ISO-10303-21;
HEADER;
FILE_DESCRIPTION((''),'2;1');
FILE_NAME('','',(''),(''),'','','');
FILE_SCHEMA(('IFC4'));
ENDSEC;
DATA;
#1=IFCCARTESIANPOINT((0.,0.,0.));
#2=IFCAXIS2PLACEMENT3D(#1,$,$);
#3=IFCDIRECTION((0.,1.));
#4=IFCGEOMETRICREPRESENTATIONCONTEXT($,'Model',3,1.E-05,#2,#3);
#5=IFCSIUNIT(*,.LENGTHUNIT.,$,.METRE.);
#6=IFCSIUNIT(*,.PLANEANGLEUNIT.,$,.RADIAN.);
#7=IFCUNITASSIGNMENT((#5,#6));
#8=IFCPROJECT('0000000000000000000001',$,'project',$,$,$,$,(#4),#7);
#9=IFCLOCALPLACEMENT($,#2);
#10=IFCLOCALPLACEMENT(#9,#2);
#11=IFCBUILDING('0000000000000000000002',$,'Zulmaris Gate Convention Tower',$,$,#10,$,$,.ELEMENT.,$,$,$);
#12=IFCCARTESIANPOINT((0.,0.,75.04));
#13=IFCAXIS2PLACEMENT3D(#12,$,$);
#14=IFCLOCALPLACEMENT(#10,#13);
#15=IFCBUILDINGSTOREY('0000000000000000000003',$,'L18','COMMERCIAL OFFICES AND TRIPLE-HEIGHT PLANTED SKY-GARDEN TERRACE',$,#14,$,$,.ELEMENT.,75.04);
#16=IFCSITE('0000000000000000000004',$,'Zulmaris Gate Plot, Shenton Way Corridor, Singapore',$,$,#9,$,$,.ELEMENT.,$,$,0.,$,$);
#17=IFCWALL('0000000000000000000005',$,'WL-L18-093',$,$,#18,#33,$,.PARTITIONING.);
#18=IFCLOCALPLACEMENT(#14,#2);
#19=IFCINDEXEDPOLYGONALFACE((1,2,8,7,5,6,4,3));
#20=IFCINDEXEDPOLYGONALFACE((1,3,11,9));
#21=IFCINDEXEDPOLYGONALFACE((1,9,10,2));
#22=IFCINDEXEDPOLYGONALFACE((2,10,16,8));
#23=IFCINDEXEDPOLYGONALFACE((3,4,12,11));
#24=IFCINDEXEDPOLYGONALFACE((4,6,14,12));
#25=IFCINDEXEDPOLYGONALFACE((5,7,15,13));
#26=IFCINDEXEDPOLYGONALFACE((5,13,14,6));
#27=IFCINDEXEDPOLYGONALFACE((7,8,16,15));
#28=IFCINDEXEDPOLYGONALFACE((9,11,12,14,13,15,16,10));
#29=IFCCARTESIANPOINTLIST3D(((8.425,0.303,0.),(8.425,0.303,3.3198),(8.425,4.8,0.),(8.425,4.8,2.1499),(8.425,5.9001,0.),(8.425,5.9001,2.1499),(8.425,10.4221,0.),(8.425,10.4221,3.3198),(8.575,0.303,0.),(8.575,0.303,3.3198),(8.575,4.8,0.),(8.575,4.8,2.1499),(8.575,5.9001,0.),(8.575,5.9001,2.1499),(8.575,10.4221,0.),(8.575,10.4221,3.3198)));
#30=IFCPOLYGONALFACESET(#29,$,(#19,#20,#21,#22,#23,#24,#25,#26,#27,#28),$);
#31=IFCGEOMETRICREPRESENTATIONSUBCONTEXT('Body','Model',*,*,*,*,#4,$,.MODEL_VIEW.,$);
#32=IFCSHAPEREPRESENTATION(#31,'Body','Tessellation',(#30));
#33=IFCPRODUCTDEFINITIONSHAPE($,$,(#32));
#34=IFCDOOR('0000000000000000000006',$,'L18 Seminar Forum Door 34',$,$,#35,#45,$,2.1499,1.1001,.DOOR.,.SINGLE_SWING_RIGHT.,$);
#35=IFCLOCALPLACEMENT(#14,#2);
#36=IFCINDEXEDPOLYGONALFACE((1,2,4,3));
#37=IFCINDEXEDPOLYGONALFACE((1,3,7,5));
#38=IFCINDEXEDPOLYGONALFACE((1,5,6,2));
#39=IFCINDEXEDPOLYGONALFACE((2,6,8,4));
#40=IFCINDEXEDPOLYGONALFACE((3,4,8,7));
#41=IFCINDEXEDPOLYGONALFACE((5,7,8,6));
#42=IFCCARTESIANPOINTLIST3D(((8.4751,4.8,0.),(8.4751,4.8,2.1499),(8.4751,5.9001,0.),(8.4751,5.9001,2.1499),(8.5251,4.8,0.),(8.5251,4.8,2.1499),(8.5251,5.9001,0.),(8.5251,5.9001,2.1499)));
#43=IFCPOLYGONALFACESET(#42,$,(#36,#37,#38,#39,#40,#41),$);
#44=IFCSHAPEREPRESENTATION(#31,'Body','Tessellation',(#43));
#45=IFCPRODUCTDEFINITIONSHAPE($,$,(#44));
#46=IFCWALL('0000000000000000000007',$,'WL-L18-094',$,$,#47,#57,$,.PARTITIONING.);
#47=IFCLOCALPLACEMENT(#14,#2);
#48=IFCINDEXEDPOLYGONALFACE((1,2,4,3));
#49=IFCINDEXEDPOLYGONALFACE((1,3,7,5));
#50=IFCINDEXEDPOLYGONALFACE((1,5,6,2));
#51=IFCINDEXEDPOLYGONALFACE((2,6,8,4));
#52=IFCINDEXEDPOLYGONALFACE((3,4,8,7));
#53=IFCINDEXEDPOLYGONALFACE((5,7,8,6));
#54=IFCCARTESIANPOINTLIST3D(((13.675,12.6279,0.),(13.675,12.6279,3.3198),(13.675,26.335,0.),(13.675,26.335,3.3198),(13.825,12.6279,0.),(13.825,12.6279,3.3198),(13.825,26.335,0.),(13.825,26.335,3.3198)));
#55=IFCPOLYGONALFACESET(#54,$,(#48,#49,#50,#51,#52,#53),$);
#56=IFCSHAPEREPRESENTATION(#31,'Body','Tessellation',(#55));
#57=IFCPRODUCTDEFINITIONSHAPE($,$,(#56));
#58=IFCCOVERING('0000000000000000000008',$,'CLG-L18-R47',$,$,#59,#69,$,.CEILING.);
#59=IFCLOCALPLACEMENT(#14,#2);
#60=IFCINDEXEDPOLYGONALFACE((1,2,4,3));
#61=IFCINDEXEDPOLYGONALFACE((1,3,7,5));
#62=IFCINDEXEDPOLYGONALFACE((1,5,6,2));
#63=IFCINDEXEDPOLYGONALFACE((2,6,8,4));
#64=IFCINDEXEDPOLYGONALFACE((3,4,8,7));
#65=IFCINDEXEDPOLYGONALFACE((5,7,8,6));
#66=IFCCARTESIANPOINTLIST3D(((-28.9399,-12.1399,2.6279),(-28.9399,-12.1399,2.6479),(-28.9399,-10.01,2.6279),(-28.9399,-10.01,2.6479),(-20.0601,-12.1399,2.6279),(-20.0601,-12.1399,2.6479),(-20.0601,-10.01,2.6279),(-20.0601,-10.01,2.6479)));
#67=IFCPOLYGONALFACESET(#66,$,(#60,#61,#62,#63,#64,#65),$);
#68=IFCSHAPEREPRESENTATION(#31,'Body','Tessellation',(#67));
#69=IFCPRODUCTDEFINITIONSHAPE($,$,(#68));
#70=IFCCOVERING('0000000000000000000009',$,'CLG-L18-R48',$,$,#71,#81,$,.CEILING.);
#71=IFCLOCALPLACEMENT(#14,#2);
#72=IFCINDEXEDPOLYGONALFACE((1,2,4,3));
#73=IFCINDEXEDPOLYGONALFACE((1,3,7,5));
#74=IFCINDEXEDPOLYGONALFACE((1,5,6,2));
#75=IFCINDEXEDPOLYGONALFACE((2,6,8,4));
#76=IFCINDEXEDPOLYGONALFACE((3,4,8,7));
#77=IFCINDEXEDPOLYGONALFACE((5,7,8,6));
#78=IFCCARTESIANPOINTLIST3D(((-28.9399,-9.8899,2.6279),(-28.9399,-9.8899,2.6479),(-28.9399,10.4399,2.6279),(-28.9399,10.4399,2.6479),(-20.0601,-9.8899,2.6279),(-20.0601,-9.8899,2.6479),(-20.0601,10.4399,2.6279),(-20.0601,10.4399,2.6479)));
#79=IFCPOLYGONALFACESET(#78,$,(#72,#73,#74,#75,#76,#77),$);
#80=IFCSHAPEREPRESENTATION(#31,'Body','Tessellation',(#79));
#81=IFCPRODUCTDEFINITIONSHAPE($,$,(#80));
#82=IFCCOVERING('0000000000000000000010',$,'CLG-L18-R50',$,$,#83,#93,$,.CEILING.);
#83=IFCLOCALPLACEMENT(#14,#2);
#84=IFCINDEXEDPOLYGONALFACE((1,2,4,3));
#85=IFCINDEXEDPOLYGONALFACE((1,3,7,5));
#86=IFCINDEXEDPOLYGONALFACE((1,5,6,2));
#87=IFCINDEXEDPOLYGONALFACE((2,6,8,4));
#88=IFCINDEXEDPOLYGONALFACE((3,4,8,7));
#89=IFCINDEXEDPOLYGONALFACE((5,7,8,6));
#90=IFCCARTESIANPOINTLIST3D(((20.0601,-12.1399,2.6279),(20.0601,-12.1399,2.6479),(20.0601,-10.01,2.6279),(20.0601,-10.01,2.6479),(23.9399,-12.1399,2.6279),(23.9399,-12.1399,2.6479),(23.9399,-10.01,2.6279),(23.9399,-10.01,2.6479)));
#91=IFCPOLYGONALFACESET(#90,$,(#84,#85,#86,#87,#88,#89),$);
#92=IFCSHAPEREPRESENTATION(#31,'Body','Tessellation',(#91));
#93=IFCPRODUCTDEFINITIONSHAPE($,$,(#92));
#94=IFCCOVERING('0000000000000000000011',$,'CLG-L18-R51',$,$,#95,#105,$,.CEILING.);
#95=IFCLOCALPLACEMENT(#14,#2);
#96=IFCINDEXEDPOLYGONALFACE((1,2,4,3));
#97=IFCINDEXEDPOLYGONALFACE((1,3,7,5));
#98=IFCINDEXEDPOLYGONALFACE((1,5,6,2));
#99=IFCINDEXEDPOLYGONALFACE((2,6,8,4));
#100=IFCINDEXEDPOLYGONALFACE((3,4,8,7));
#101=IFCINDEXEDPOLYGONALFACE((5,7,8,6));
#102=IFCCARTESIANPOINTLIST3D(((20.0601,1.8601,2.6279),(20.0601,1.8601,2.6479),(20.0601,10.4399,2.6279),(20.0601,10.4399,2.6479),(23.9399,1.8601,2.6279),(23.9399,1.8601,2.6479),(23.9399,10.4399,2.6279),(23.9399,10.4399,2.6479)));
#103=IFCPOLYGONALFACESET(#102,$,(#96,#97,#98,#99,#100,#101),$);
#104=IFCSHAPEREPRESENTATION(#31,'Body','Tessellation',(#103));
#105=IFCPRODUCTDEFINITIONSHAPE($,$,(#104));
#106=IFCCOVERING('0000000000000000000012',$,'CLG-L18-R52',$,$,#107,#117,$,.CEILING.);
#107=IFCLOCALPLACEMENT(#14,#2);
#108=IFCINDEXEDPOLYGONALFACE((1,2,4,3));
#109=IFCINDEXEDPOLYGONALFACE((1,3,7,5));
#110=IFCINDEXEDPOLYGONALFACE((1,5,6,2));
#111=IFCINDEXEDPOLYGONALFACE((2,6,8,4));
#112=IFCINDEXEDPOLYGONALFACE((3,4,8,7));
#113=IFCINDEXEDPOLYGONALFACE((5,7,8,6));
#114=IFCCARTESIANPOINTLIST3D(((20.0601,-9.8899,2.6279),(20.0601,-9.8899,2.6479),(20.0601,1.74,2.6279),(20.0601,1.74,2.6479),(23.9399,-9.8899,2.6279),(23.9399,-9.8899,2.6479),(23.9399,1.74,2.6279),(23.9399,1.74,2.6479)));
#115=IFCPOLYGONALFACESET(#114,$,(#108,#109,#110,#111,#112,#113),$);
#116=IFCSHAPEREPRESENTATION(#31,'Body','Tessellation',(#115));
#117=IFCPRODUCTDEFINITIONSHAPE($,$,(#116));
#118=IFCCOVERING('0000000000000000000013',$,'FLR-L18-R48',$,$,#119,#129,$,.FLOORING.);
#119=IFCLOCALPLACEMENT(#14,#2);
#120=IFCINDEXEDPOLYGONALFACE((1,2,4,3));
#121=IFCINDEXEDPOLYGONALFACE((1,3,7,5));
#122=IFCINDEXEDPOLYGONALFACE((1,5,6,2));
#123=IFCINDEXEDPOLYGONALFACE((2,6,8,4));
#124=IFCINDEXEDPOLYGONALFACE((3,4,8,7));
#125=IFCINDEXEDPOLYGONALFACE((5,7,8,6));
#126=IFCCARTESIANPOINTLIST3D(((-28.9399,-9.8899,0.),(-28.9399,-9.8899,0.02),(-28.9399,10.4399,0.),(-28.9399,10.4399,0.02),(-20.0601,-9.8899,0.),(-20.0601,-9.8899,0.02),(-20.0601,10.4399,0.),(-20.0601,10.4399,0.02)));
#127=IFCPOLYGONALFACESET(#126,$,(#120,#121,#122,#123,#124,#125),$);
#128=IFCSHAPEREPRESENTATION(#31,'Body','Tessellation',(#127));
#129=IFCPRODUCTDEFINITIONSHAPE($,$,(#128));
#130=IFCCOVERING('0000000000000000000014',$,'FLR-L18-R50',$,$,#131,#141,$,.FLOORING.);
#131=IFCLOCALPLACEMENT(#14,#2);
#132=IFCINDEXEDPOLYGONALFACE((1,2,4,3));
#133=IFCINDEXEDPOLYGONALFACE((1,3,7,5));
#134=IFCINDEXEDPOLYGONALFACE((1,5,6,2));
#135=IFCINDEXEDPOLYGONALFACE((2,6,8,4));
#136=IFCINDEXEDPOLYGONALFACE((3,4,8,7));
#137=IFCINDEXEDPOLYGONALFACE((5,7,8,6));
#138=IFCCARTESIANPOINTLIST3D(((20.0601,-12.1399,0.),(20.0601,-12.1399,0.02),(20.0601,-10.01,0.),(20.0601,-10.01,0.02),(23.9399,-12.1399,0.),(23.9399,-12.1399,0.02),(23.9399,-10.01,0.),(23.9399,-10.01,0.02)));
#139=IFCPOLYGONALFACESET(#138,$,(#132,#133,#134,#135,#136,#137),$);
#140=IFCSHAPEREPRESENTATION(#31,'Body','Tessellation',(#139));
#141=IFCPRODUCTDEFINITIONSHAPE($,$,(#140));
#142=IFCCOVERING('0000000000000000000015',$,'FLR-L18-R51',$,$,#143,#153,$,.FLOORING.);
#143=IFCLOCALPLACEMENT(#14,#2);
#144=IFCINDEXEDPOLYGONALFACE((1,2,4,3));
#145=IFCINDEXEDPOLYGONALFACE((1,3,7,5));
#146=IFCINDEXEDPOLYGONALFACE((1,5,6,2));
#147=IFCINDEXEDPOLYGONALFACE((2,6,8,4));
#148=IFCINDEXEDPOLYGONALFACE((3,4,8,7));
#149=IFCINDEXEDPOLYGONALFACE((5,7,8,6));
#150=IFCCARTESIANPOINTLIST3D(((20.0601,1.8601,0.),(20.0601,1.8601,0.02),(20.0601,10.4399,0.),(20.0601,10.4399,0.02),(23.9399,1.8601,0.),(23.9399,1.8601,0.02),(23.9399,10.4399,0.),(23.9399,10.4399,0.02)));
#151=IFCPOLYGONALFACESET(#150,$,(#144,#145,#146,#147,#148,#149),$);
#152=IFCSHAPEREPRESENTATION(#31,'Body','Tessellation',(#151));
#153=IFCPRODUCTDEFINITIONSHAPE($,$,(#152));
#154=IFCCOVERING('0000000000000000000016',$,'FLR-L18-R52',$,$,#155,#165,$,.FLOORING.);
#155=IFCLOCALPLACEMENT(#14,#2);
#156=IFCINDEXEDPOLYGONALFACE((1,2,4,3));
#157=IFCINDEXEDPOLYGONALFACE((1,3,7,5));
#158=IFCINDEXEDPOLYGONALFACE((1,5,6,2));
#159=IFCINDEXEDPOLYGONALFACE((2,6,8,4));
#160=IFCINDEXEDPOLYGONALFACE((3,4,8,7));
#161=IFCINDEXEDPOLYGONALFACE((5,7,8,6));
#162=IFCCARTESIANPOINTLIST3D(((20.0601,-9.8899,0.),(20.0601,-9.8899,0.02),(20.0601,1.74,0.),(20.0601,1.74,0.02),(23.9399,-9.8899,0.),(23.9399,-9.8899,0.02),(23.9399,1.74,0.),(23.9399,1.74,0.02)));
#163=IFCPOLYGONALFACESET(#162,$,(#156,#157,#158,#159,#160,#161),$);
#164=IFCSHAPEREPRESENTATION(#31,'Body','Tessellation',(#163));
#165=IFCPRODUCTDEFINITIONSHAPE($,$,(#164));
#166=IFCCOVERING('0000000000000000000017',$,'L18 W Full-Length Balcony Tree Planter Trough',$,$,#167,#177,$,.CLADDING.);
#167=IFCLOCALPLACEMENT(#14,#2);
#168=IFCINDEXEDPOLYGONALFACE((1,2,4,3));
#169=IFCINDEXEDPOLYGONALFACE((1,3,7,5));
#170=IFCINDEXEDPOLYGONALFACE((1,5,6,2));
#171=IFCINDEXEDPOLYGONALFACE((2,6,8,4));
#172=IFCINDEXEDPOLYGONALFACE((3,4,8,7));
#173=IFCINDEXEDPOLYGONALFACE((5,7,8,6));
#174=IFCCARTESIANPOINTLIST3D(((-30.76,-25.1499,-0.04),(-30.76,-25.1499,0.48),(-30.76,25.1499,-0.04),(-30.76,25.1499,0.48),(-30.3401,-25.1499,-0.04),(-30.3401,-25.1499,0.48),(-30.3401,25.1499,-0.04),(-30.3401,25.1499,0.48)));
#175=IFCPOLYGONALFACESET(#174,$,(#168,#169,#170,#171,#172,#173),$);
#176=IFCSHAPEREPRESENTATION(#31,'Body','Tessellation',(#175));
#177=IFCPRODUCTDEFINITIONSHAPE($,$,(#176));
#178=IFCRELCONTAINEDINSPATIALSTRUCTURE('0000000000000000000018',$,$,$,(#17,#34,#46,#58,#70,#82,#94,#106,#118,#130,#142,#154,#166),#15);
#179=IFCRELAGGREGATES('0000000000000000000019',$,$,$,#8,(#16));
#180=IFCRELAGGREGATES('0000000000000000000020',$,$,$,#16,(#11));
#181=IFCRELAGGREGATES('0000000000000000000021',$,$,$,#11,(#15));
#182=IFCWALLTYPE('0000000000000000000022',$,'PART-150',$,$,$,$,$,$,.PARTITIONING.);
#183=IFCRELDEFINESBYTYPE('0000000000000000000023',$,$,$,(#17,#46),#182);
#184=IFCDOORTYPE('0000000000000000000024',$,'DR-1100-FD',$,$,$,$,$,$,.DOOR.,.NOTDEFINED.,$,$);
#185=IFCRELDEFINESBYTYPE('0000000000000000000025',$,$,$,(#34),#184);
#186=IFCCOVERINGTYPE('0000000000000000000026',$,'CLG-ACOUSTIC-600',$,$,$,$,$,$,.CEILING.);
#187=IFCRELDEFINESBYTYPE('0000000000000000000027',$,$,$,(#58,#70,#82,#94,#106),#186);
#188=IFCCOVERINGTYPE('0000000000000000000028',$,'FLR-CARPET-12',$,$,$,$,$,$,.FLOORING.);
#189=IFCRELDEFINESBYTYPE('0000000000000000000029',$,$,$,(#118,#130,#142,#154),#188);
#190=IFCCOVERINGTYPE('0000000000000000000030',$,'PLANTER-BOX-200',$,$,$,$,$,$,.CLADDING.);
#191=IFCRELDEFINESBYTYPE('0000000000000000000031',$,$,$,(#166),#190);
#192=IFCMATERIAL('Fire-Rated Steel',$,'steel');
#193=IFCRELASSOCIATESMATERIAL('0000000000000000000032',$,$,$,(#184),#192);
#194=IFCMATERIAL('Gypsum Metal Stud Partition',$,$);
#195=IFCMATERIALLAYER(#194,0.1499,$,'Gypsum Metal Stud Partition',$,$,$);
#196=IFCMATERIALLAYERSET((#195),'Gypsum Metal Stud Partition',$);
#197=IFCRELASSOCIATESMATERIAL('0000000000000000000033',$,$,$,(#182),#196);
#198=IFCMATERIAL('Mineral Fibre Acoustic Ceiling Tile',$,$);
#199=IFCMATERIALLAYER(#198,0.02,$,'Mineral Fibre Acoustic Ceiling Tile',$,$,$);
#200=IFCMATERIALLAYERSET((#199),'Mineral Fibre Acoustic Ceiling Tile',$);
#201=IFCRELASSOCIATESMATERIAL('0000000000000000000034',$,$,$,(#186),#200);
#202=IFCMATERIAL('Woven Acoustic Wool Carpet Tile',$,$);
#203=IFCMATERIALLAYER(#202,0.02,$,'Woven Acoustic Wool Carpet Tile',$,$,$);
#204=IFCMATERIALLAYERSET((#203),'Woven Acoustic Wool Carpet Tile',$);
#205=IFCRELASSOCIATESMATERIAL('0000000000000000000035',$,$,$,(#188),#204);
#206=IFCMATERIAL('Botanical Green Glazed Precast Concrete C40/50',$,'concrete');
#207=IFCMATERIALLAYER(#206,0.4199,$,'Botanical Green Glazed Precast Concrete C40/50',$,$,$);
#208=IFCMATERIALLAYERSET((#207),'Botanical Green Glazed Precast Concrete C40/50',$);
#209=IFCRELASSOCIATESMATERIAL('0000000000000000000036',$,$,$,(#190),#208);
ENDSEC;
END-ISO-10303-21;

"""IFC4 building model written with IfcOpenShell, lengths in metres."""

from ifc_helpers import new_model, si_unit, direction, frame, frame_2d, origin, place, context, subcontext, project, spatial, polyline, rectangle, outline, extrude, material, layer, layer_set, type_object, element, fill, save


model = new_model("IFC4")

# Units and contexts
model_context = context("Model", 3, precision=1e-05, world=origin(), true_north=direction((0.0, 1.0)))
body_context = subcontext(model_context, "Body", "Model", "MODEL_VIEW")
ifc_project = project(units=[si_unit("LENGTHUNIT", "METRE"), si_unit("PLANEANGLEUNIT", "RADIAN")], contexts=[model_context])

# Site, building, storey
site_placement = place(None, origin())
site = spatial("IfcSite", under=ifc_project, at=site_placement, Name="Zulmaris Gate Plot, Shenton Way Corridor, Singapore", CompositionType="ELEMENT", RefElevation=0.0)
building_placement = place(site_placement, origin())
building = spatial("IfcBuilding", under=site, at=building_placement, Name="Zulmaris Gate Convention Tower", CompositionType="ELEMENT")
storey_placement = place(building_placement, frame((0.0, 0.0, 75.04)))
storey = spatial("IfcBuildingStorey", under=building, at=storey_placement, Name="L18", Description="COMMERCIAL OFFICES AND TRIPLE-HEIGHT PLANTED SKY-GARDEN TERRACE", CompositionType="ELEMENT", Elevation=75.04)

# Shared definitions
ifc_material_1 = material(Name="Fire-Rated Steel", Category="steel")
door_type_1 = type_object("IfcDoorType", Name="DR-1100-FD", OperationType="NOTDEFINED", PredefinedType="DOOR", material=ifc_material_1)

# Shared definitions
ifc_material_2 = material(Name="Gypsum Metal Stud Partition")
ifc_layer_1 = layer(ifc_material_2, 0.1499, Name="Gypsum Metal Stud Partition")
ifc_layer_set_1 = layer_set([ifc_layer_1], Name="Gypsum Metal Stud Partition")
wall_type_1 = type_object("IfcWallType", Name="PART-150", PredefinedType="PARTITIONING", material=ifc_layer_set_1)

# Wall, opening, door
wall_1_placement = place(storey_placement, frame((8.5, 0.303, 0.0), z_axis=(0.0, 0.0, 1.0), x_axis=(0.0, 1.0, 0.0)))
wall_1 = element("IfcWall", 1, at=wall_1_placement, inside=storey, type_object=wall_type_1, Name="WL-L18-093", PredefinedType="PARTITIONING", context=body_context, shape_type="SweptSolid", body=[
    extrude(rectangle(XDim=10.1191, YDim=0.1499, at=frame_2d((5.0596, 0.0))), origin(), (0.0, 0.0, 1.0), 3.3198),
])
opening_1_placement = place(wall_1_placement, frame((4.4971, 0.0, 0.0)))
opening_1 = element("IfcOpeningElement", 2, at=opening_1_placement, cuts=wall_1, PredefinedType="OPENING", context=body_context, shape_type="SweptSolid", body=[
    extrude(rectangle(XDim=1.1001, YDim=2.1499, at=frame_2d((0.55, 1.075))), frame((0.0, 0.085, 0.0), z_axis=(0.0, -1.0, 0.0), x_axis=(1.0, 0.0, 0.0)), (0.0, 0.0, 1.0), 0.1699),
])
door_1_placement = place(opening_1_placement, origin())
door_1 = element("IfcDoor", 3, at=door_1_placement, inside=storey, type_object=door_type_1, Name="L18 Seminar Forum Door 34", OperationType="SINGLE_SWING_RIGHT", OverallHeight=2.1499, OverallWidth=1.1001, PredefinedType="DOOR", context=body_context, shape_type="SweptSolid", body=[
    extrude(rectangle(XDim=1.1001, YDim=2.1499, at=frame_2d((0.55, 1.075))), frame((0.0, 0.0249, 0.0), z_axis=(0.0, -1.0, 0.0), x_axis=(1.0, 0.0, 0.0)), (0.0, 0.0, 1.0), 0.05),
])
fill(opening_1, door_1)

# Wall
wall_2_placement = place(storey_placement, frame((13.75, 12.6279, 0.0), z_axis=(0.0, 0.0, 1.0), x_axis=(0.0, 1.0, 0.0)))
element("IfcWall", 4, at=wall_2_placement, inside=storey, type_object=wall_type_1, Name="WL-L18-094", PredefinedType="PARTITIONING", context=body_context, shape_type="SweptSolid", body=[
    extrude(rectangle(XDim=13.707, YDim=0.1499, at=frame_2d((6.8535, 0.0))), origin(), (0.0, 0.0, 1.0), 3.3198),
])

# Coverings
ifc_material_3 = material(Name="Mineral Fibre Acoustic Ceiling Tile")
ifc_layer_2 = layer(ifc_material_3, 0.02, Name="Mineral Fibre Acoustic Ceiling Tile")
ifc_layer_set_2 = layer_set([ifc_layer_2], Name="Mineral Fibre Acoustic Ceiling Tile")
covering_type_1 = type_object("IfcCoveringType", Name="CLG-ACOUSTIC-600", PredefinedType="CEILING", material=ifc_layer_set_2)
covering_1_placement = place(storey_placement, frame((0.0, 0.0, 2.6279)))
element("IfcCovering", 5, at=covering_1_placement, inside=storey, type_object=covering_type_1, Name="CLG-L18-R47", PredefinedType="CEILING", context=body_context, shape_type="SweptSolid", body=[
    extrude(outline(polyline([(-28.9399, -12.1399), (-20.0601, -12.1399), (-20.0601, -10.01), (-28.9399, -10.01), (-28.9399, -12.1399)])), origin(), (0.0, 0.0, 1.0), 0.02),
])
covering_2_placement = place(storey_placement, frame((0.0, 0.0, 2.6279)))
element("IfcCovering", 6, at=covering_2_placement, inside=storey, type_object=covering_type_1, Name="CLG-L18-R48", PredefinedType="CEILING", context=body_context, shape_type="SweptSolid", body=[
    extrude(outline(polyline([(-28.9399, -9.8899), (-20.0601, -9.8899), (-20.0601, 10.4399), (-28.9399, 10.4399), (-28.9399, -9.8899)])), origin(), (0.0, 0.0, 1.0), 0.02),
])
covering_3_placement = place(storey_placement, frame((0.0, 0.0, 2.6279)))
element("IfcCovering", 7, at=covering_3_placement, inside=storey, type_object=covering_type_1, Name="CLG-L18-R50", PredefinedType="CEILING", context=body_context, shape_type="SweptSolid", body=[
    extrude(outline(polyline([(20.0601, -12.1399), (23.9399, -12.1399), (23.9399, -10.01), (20.0601, -10.01), (20.0601, -12.1399)])), origin(), (0.0, 0.0, 1.0), 0.02),
])
covering_4_placement = place(storey_placement, frame((0.0, 0.0, 2.6279)))
element("IfcCovering", 8, at=covering_4_placement, inside=storey, type_object=covering_type_1, Name="CLG-L18-R51", PredefinedType="CEILING", context=body_context, shape_type="SweptSolid", body=[
    extrude(outline(polyline([(20.0601, 1.8601), (23.9399, 1.8601), (23.9399, 10.4399), (20.0601, 10.4399), (20.0601, 1.8601)])), origin(), (0.0, 0.0, 1.0), 0.02),
])
covering_5_placement = place(storey_placement, frame((0.0, 0.0, 2.6279)))
element("IfcCovering", 9, at=covering_5_placement, inside=storey, type_object=covering_type_1, Name="CLG-L18-R52", PredefinedType="CEILING", context=body_context, shape_type="SweptSolid", body=[
    extrude(outline(polyline([(20.0601, -9.8899), (23.9399, -9.8899), (23.9399, 1.74), (20.0601, 1.74), (20.0601, -9.8899)])), origin(), (0.0, 0.0, 1.0), 0.02),
])
ifc_material_4 = material(Name="Woven Acoustic Wool Carpet Tile")
ifc_layer_3 = layer(ifc_material_4, 0.02, Name="Woven Acoustic Wool Carpet Tile")
ifc_layer_set_3 = layer_set([ifc_layer_3], Name="Woven Acoustic Wool Carpet Tile")
covering_type_2 = type_object("IfcCoveringType", Name="FLR-CARPET-12", PredefinedType="FLOORING", material=ifc_layer_set_3)
covering_6_placement = place(storey_placement, origin())
element("IfcCovering", 10, at=covering_6_placement, inside=storey, type_object=covering_type_2, Name="FLR-L18-R48", PredefinedType="FLOORING", context=body_context, shape_type="SweptSolid", body=[
    extrude(outline(polyline([(-28.9399, -9.8899), (-20.0601, -9.8899), (-20.0601, 10.4399), (-28.9399, 10.4399), (-28.9399, -9.8899)])), origin(), (0.0, 0.0, 1.0), 0.02),
])
covering_7_placement = place(storey_placement, origin())
element("IfcCovering", 11, at=covering_7_placement, inside=storey, type_object=covering_type_2, Name="FLR-L18-R50", PredefinedType="FLOORING", context=body_context, shape_type="SweptSolid", body=[
    extrude(outline(polyline([(20.0601, -12.1399), (23.9399, -12.1399), (23.9399, -10.01), (20.0601, -10.01), (20.0601, -12.1399)])), origin(), (0.0, 0.0, 1.0), 0.02),
])
covering_8_placement = place(storey_placement, origin())
element("IfcCovering", 12, at=covering_8_placement, inside=storey, type_object=covering_type_2, Name="FLR-L18-R51", PredefinedType="FLOORING", context=body_context, shape_type="SweptSolid", body=[
    extrude(outline(polyline([(20.0601, 1.8601), (23.9399, 1.8601), (23.9399, 10.4399), (20.0601, 10.4399), (20.0601, 1.8601)])), origin(), (0.0, 0.0, 1.0), 0.02),
])
covering_9_placement = place(storey_placement, origin())
element("IfcCovering", 13, at=covering_9_placement, inside=storey, type_object=covering_type_2, Name="FLR-L18-R52", PredefinedType="FLOORING", context=body_context, shape_type="SweptSolid", body=[
    extrude(outline(polyline([(20.0601, -9.8899), (23.9399, -9.8899), (23.9399, 1.74), (20.0601, 1.74), (20.0601, -9.8899)])), origin(), (0.0, 0.0, 1.0), 0.02),
])
ifc_material_5 = material(Name="Botanical Green Glazed Precast Concrete C40/50", Category="concrete")
ifc_layer_4 = layer(ifc_material_5, 0.4199, Name="Botanical Green Glazed Precast Concrete C40/50")
ifc_layer_set_4 = layer_set([ifc_layer_4], Name="Botanical Green Glazed Precast Concrete C40/50")
covering_type_3 = type_object("IfcCoveringType", Name="PLANTER-BOX-200", PredefinedType="CLADDING", material=ifc_layer_set_4)
covering_10_placement = place(storey_placement, frame((0.0, 0.0, -0.04)))
element("IfcCovering", 14, at=covering_10_placement, inside=storey, type_object=covering_type_3, Name="L18 W Full-Length Balcony Tree Planter Trough", PredefinedType="CLADDING", context=body_context, shape_type="SweptSolid", body=[
    extrude(outline(polyline([(-30.76, -25.1499), (-30.3401, -25.1499), (-30.3401, 25.1499), (-30.76, 25.1499), (-30.76, -25.1499)])), origin(), (0.0, 0.0, 1.0), 0.52),
])

save(model, "model.ifc")
